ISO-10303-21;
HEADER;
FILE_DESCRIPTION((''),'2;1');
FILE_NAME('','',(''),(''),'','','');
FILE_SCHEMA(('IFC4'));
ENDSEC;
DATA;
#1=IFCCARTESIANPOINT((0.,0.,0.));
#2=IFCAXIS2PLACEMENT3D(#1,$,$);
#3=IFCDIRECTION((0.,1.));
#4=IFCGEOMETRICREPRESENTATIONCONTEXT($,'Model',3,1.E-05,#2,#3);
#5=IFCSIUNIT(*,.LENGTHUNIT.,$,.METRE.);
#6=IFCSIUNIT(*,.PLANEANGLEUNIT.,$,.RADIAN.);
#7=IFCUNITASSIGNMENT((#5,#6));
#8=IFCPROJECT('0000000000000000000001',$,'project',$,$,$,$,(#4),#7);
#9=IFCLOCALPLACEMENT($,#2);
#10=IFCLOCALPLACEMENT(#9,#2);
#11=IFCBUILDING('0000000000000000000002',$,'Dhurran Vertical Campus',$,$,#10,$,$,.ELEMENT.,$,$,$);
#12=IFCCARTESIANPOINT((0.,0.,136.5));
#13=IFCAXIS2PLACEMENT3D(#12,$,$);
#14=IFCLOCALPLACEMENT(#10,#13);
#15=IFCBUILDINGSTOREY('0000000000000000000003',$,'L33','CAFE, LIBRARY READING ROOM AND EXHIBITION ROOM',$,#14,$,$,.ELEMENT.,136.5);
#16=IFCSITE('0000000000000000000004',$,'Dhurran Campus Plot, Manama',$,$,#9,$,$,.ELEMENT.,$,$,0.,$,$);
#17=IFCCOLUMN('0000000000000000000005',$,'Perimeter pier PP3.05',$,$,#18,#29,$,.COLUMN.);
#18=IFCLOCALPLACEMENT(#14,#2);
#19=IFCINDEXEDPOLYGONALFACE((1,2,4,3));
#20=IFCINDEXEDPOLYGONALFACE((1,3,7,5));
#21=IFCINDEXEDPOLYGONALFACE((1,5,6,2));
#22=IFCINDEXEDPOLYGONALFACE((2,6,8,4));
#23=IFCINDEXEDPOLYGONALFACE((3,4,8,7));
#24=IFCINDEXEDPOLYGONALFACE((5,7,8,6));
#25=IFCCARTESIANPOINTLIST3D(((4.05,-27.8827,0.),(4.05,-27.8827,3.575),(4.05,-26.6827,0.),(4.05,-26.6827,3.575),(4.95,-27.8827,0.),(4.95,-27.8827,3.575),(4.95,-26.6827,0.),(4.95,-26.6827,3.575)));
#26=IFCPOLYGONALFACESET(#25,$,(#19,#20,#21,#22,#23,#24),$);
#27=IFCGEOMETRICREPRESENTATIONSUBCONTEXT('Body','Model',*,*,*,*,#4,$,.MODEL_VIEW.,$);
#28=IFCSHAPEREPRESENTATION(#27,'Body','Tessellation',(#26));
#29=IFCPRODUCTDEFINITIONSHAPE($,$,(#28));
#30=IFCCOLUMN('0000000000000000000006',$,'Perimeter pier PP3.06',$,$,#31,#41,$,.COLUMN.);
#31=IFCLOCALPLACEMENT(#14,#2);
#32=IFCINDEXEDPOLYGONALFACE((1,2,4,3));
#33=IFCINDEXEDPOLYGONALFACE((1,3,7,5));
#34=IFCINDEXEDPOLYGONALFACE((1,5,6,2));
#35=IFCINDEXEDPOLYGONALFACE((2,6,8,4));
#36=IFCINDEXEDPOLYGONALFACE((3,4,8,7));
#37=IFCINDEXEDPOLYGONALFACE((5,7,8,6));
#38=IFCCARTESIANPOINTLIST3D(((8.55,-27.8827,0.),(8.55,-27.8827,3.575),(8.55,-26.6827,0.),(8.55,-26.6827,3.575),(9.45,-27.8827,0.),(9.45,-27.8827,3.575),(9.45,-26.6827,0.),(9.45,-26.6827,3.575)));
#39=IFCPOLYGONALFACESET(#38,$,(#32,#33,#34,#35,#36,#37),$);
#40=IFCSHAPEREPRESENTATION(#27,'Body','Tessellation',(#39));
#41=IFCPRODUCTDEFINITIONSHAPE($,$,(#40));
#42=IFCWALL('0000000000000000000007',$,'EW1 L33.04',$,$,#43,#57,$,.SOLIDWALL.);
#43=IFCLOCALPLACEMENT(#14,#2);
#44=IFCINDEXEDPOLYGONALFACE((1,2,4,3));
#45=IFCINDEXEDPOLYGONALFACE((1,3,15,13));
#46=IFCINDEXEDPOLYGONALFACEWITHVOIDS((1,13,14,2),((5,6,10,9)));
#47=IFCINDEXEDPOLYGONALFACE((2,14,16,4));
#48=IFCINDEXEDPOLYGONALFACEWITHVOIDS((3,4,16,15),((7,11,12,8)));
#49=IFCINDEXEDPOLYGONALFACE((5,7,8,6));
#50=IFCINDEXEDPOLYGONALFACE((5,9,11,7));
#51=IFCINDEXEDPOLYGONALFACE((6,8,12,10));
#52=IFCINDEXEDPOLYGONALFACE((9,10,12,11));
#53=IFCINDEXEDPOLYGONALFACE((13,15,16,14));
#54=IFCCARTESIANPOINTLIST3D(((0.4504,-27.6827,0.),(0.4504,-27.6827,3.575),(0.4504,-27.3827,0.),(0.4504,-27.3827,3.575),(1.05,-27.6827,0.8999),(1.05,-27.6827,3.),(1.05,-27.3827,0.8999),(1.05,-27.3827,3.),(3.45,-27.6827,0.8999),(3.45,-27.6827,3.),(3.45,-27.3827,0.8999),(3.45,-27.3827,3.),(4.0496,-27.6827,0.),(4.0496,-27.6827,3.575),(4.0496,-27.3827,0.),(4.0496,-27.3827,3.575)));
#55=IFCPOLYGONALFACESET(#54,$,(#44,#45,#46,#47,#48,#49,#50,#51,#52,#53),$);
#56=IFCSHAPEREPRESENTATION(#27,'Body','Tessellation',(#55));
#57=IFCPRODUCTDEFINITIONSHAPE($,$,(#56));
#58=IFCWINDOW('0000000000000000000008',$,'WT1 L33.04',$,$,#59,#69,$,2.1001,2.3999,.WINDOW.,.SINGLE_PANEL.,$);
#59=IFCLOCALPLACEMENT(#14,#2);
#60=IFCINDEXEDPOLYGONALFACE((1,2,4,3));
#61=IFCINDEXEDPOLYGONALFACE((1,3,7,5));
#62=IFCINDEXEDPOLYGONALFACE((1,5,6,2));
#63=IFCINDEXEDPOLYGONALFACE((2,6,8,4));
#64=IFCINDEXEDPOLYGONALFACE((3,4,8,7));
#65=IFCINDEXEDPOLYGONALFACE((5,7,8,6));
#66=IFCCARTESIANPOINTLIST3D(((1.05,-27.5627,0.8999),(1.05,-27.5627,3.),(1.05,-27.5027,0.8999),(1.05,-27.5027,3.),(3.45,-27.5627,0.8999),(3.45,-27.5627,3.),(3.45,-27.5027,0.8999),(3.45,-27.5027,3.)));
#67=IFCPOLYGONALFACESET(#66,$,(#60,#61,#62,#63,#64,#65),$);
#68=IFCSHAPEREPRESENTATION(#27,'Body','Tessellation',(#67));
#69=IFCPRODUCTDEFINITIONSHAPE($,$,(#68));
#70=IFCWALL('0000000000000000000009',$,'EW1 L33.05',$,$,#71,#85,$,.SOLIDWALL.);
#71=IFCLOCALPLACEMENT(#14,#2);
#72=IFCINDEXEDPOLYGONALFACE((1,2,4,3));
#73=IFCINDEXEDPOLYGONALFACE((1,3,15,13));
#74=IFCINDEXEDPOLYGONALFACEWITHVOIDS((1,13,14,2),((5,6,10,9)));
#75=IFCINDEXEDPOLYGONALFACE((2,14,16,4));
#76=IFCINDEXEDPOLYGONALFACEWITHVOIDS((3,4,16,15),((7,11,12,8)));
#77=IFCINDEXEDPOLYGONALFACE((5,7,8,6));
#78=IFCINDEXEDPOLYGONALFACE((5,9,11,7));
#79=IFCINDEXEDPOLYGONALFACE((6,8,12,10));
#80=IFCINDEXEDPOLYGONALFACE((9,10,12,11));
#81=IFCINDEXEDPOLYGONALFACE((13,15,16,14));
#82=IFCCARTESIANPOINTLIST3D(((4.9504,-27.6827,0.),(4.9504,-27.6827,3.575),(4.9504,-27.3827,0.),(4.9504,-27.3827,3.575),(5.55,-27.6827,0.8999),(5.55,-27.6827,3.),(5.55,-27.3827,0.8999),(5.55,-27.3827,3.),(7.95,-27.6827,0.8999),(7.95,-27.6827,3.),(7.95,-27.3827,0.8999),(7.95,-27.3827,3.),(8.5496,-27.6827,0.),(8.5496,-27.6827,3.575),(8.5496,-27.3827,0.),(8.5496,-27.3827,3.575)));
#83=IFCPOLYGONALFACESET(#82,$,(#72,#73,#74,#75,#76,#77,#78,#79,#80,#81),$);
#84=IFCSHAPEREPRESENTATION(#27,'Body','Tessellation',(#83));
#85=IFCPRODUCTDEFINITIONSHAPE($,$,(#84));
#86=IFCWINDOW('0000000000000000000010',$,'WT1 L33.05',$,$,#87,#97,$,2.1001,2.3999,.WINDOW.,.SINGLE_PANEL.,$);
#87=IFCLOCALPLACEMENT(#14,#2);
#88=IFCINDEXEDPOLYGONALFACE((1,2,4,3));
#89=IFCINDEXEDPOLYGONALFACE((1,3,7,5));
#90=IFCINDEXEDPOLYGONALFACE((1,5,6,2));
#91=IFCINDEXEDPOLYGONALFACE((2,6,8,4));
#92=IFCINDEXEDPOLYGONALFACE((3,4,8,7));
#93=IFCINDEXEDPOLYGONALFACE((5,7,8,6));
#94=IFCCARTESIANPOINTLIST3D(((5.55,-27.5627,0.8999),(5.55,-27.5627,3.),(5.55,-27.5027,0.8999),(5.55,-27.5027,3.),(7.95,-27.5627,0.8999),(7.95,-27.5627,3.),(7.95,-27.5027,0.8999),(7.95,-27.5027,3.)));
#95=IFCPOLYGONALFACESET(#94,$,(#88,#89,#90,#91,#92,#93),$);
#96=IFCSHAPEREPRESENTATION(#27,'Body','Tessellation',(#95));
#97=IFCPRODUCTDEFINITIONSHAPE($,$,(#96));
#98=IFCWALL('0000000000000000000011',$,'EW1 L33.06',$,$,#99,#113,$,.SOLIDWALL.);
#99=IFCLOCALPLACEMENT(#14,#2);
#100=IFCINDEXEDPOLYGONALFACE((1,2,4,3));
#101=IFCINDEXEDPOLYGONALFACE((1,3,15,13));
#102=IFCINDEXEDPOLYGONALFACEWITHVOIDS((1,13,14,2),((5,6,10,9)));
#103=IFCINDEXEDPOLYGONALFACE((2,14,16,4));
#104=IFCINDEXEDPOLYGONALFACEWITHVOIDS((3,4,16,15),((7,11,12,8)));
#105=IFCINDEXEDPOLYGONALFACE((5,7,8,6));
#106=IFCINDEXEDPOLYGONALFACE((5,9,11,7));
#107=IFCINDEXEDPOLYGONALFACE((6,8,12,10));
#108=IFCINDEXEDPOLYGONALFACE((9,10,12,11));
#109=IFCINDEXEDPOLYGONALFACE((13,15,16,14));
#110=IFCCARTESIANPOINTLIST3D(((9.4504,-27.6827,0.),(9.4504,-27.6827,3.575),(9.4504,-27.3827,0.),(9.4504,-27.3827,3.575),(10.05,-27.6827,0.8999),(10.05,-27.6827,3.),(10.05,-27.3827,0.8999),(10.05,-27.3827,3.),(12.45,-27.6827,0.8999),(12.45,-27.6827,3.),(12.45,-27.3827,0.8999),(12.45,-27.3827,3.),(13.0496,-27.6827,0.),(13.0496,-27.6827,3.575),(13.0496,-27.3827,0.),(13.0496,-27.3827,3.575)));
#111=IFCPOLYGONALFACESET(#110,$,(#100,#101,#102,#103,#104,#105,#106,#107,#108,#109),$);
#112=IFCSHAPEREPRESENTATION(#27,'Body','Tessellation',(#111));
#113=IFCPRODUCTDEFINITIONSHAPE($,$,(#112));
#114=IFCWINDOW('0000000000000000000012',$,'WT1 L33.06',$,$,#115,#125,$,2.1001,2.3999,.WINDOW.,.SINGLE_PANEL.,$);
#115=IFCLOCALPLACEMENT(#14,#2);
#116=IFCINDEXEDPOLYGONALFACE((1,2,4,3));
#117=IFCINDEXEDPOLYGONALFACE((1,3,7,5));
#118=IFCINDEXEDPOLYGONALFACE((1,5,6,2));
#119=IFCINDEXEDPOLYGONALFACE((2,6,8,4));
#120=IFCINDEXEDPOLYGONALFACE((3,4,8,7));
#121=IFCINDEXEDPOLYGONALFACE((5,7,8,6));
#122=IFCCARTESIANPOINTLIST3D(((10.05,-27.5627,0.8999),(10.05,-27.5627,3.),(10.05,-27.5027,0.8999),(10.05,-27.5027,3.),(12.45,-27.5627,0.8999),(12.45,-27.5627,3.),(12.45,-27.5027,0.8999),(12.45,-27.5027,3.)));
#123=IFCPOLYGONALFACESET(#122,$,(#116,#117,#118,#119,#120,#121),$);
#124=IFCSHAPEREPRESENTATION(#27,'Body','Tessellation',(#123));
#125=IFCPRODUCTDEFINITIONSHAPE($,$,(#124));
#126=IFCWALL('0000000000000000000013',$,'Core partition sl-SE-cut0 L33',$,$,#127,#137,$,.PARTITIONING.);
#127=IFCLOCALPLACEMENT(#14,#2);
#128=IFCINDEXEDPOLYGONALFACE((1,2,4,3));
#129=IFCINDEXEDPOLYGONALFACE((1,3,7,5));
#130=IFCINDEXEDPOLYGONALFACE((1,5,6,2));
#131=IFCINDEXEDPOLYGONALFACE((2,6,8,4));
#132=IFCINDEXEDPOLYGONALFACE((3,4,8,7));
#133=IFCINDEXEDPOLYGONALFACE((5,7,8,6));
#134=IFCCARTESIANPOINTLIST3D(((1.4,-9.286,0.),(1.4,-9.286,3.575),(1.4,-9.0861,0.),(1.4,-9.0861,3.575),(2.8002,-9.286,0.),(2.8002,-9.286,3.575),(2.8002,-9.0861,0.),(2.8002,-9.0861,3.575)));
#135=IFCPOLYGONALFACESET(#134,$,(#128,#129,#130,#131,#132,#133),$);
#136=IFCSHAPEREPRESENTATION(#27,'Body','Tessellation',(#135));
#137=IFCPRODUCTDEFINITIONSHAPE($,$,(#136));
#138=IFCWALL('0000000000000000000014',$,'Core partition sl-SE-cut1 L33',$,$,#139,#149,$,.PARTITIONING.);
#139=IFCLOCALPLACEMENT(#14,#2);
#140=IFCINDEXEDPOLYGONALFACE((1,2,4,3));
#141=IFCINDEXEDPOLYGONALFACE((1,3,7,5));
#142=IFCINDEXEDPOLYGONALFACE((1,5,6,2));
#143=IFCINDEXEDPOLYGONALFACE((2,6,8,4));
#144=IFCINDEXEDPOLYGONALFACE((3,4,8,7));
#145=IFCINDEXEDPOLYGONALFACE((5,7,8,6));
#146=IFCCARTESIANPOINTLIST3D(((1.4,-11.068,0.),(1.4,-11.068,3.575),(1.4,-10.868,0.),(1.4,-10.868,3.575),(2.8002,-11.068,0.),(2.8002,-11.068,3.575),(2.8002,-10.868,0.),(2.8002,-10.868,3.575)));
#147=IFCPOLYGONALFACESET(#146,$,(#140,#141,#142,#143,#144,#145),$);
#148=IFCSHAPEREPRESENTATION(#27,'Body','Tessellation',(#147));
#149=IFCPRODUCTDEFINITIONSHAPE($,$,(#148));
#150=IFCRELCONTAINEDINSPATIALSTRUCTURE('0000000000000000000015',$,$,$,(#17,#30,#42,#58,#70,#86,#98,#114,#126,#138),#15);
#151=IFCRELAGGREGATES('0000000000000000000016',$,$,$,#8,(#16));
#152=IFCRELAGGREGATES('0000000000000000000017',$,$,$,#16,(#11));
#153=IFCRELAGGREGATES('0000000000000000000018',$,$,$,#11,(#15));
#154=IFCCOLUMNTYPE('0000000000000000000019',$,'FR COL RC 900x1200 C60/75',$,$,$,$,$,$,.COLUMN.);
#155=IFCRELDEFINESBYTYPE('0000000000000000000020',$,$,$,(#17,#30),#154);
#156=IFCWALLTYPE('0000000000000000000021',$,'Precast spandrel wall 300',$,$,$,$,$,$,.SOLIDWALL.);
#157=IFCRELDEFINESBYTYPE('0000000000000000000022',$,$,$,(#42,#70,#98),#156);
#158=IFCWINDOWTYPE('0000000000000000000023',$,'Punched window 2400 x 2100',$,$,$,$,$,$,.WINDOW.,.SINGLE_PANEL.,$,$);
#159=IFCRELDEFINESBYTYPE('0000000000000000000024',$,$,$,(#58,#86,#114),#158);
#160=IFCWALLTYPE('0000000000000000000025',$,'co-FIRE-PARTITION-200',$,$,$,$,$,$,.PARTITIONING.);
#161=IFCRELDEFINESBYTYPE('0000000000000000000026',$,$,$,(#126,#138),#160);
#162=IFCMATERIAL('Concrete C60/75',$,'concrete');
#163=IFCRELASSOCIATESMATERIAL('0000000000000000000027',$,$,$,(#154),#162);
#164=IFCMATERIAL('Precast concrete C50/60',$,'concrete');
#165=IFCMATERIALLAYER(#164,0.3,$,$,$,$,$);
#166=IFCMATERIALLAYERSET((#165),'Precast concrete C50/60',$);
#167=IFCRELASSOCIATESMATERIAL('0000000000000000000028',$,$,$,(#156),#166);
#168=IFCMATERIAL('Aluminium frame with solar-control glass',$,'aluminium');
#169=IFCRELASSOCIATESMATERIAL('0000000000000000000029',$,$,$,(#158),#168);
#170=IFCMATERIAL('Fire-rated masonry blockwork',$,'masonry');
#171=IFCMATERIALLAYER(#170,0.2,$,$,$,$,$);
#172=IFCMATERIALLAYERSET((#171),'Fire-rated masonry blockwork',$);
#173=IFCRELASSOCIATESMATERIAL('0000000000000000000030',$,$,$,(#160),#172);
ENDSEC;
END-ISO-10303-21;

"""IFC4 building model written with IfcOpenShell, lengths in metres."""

from ifc_helpers import new_model, si_unit, direction, frame, frame_2d, origin, origin_2d, place, context, subcontext, project, spatial, rectangle, extrude, material, layer, layer_set, material_profile, profile_set, type_object, element, fill, save


model = new_model("IFC4")

# Units and contexts
model_context = context("Model", 3, precision=1e-05, world=origin(), true_north=direction((0.0, 1.0)))
body_context = subcontext(model_context, "Body", "Model", "MODEL_VIEW")
ifc_project = project(units=[si_unit("LENGTHUNIT", "METRE"), si_unit("PLANEANGLEUNIT", "RADIAN")], contexts=[model_context])

# Site, building, storey
site_placement = place(None, origin())
site = spatial("IfcSite", under=ifc_project, at=site_placement, Name="Dhurran Campus Plot, Manama", CompositionType="ELEMENT", RefElevation=0.0)
building_placement = place(site_placement, origin())
building = spatial("IfcBuilding", under=site, at=building_placement, Name="Dhurran Vertical Campus", CompositionType="ELEMENT")
storey_placement = place(building_placement, frame((0.0, 0.0, 136.5)))
storey = spatial("IfcBuildingStorey", under=building, at=storey_placement, Name="L33", Description="CAFE, LIBRARY READING ROOM AND EXHIBITION ROOM", CompositionType="ELEMENT", Elevation=136.5)

# Columns
ifc_material_1 = material(Name="Concrete C60/75", Category="concrete")
ifc_material_profile = material_profile(ifc_material_1, rectangle(XDim=0.8999, YDim=1.2, at=origin_2d()), Name="RC 900x1200")
ifc_profile_set = profile_set([ifc_material_profile], Name="Concrete C60/75")
column_type = type_object("IfcColumnType", Name="FR COL RC 900x1200 C60/75", PredefinedType="COLUMN", material=ifc_profile_set)
for number, where, z_axis, x_axis, name in (
    (1, (4.5, -27.2827, 0.0), (0.0, 0.0, 1.0), (1.0, 0.0, 0.0), "Perimeter pier PP3.05"),
    (2, (9.0, -27.2827, 0.0), (0.0, 0.0, 1.0), (1.0, 0.0, 0.0), "Perimeter pier PP3.06"),
):
    element("IfcColumn", number, at=place(storey_placement, frame(where, z_axis=z_axis, x_axis=x_axis)), inside=storey, type_object=column_type, Name=name, PredefinedType="COLUMN", context=body_context, shape_type="SweptSolid", body=[
        extrude(rectangle(XDim=0.8999, YDim=1.2, at=origin_2d()), origin(), (0.0, 0.0, 1.0), 3.575),
    ])

# Walls, openings, windows
ifc_material_2 = material(Name="Precast concrete C50/60", Category="concrete")
ifc_layer_1 = layer(ifc_material_2, 0.3)
ifc_layer_set_1 = layer_set([ifc_layer_1], Name="Precast concrete C50/60")
wall_type_1 = type_object("IfcWallType", Name="Precast spandrel wall 300", PredefinedType="SOLIDWALL", material=ifc_layer_set_1)
wall_1_placement = place(storey_placement, frame((0.4504, -27.5327, 0.0), z_axis=(0.0, 0.0, 1.0), x_axis=(1.0, 0.0, 0.0)))
wall_1 = element("IfcWall", 3, at=wall_1_placement, inside=storey, type_object=wall_type_1, Name="EW1 L33.04", PredefinedType="SOLIDWALL", context=body_context, shape_type="SweptSolid", body=[
    extrude(rectangle(XDim=3.5991, YDim=0.3, at=frame_2d((1.7996, 0.0))), origin(), (0.0, 0.0, 1.0), 3.575),
])
opening_1_placement = place(wall_1_placement, frame((0.5996, 0.0, 0.8999)))
opening_1 = element("IfcOpeningElement", 4, at=opening_1_placement, cuts=wall_1, PredefinedType="OPENING", context=body_context, shape_type="SweptSolid", body=[
    extrude(rectangle(XDim=2.3999, YDim=2.1001, at=frame_2d((1.2, 1.05))), frame((0.0, 0.1599, 0.0), z_axis=(0.0, -1.0, 0.0), x_axis=(1.0, 0.0, 0.0)), (0.0, 0.0, 1.0), 0.3201),
])
ifc_material_3 = material(Name="Aluminium frame with solar-control glass", Category="aluminium")
window_type = type_object("IfcWindowType", Name="Punched window 2400 x 2100", PartitioningType="SINGLE_PANEL", PredefinedType="WINDOW", material=ifc_material_3)
window_1_placement = place(opening_1_placement, origin())
window_1 = element("IfcWindow", 5, at=window_1_placement, inside=storey, type_object=window_type, Name="WT1 L33.04", OverallHeight=2.1001, OverallWidth=2.3999, PartitioningType="SINGLE_PANEL", PredefinedType="WINDOW", context=body_context, shape_type="SweptSolid", body=[
    extrude(rectangle(XDim=2.3999, YDim=2.1001, at=frame_2d((1.2, 1.05))), frame((0.0, 0.03, 0.0), z_axis=(0.0, -1.0, 0.0), x_axis=(1.0, 0.0, 0.0)), (0.0, 0.0, 1.0), 0.0601),
])
fill(opening_1, window_1)
wall_2_placement = place(storey_placement, frame((4.9504, -27.5327, 0.0), z_axis=(0.0, 0.0, 1.0), x_axis=(1.0, 0.0, 0.0)))
wall_2 = element("IfcWall", 6, at=wall_2_placement, inside=storey, type_object=wall_type_1, Name="EW1 L33.05", PredefinedType="SOLIDWALL", context=body_context, shape_type="SweptSolid", body=[
    extrude(rectangle(XDim=3.5991, YDim=0.3, at=frame_2d((1.7996, 0.0))), origin(), (0.0, 0.0, 1.0), 3.575),
])
opening_2_placement = place(wall_2_placement, frame((0.5996, 0.0, 0.8999)))
opening_2 = element("IfcOpeningElement", 7, at=opening_2_placement, cuts=wall_2, PredefinedType="OPENING", context=body_context, shape_type="SweptSolid", body=[
    extrude(rectangle(XDim=2.3999, YDim=2.1001, at=frame_2d((1.2, 1.05))), frame((0.0, 0.1599, 0.0), z_axis=(0.0, -1.0, 0.0), x_axis=(1.0, 0.0, 0.0)), (0.0, 0.0, 1.0), 0.3201),
])
window_2_placement = place(opening_2_placement, origin())
window_2 = element("IfcWindow", 8, at=window_2_placement, inside=storey, type_object=window_type, Name="WT1 L33.05", OverallHeight=2.1001, OverallWidth=2.3999, PartitioningType="SINGLE_PANEL", PredefinedType="WINDOW", context=body_context, shape_type="SweptSolid", body=[
    extrude(rectangle(XDim=2.3999, YDim=2.1001, at=frame_2d((1.2, 1.05))), frame((0.0, 0.03, 0.0), z_axis=(0.0, -1.0, 0.0), x_axis=(1.0, 0.0, 0.0)), (0.0, 0.0, 1.0), 0.0601),
])
fill(opening_2, window_2)
wall_3_placement = place(storey_placement, frame((9.4504, -27.5327, 0.0), z_axis=(0.0, 0.0, 1.0), x_axis=(1.0, 0.0, 0.0)))
wall_3 = element("IfcWall", 9, at=wall_3_placement, inside=storey, type_object=wall_type_1, Name="EW1 L33.06", PredefinedType="SOLIDWALL", context=body_context, shape_type="SweptSolid", body=[
    extrude(rectangle(XDim=3.5991, YDim=0.3, at=frame_2d((1.7996, 0.0))), origin(), (0.0, 0.0, 1.0), 3.575),
])
opening_3_placement = place(wall_3_placement, frame((0.5996, 0.0, 0.8999)))
opening_3 = element("IfcOpeningElement", 10, at=opening_3_placement, cuts=wall_3, PredefinedType="OPENING", context=body_context, shape_type="SweptSolid", body=[
    extrude(rectangle(XDim=2.3999, YDim=2.1001, at=frame_2d((1.2, 1.05))), frame((0.0, 0.1599, 0.0), z_axis=(0.0, -1.0, 0.0), x_axis=(1.0, 0.0, 0.0)), (0.0, 0.0, 1.0), 0.3201),
])
window_3_placement = place(opening_3_placement, origin())
window_3 = element("IfcWindow", 11, at=window_3_placement, inside=storey, type_object=window_type, Name="WT1 L33.06", OverallHeight=2.1001, OverallWidth=2.3999, PartitioningType="SINGLE_PANEL", PredefinedType="WINDOW", context=body_context, shape_type="SweptSolid", body=[
    extrude(rectangle(XDim=2.3999, YDim=2.1001, at=frame_2d((1.2, 1.05))), frame((0.0, 0.03, 0.0), z_axis=(0.0, -1.0, 0.0), x_axis=(1.0, 0.0, 0.0)), (0.0, 0.0, 1.0), 0.0601),
])
fill(opening_3, window_3)

# Walls
ifc_material_4 = material(Name="Fire-rated masonry blockwork", Category="masonry")
ifc_layer_2 = layer(ifc_material_4, 0.2)
ifc_layer_set_2 = layer_set([ifc_layer_2], Name="Fire-rated masonry blockwork")
wall_type_2 = type_object("IfcWallType", Name="co-FIRE-PARTITION-200", PredefinedType="PARTITIONING", material=ifc_layer_set_2)
for number, where, z_axis, x_axis, name in (
    (12, (1.3999, -9.186, 0.0), (0.0, 0.0, 1.0), (1.0, 0.0, 0.0), "Core partition sl-SE-cut0 L33"),
    (13, (1.3999, -10.968, 0.0), (0.0, 0.0, 1.0), (1.0, 0.0, 0.0), "Core partition sl-SE-cut1 L33"),
):
    element("IfcWall", number, at=place(storey_placement, frame(where, z_axis=z_axis, x_axis=x_axis)), inside=storey, type_object=wall_type_2, Name=name, PredefinedType="PARTITIONING", context=body_context, shape_type="SweptSolid", body=[
        extrude(rectangle(XDim=1.4001, YDim=0.2, at=frame_2d((0.7002, 0.0))), origin(), (0.0, 0.0, 1.0), 3.575),
    ])

save(model, "model.ifc")
